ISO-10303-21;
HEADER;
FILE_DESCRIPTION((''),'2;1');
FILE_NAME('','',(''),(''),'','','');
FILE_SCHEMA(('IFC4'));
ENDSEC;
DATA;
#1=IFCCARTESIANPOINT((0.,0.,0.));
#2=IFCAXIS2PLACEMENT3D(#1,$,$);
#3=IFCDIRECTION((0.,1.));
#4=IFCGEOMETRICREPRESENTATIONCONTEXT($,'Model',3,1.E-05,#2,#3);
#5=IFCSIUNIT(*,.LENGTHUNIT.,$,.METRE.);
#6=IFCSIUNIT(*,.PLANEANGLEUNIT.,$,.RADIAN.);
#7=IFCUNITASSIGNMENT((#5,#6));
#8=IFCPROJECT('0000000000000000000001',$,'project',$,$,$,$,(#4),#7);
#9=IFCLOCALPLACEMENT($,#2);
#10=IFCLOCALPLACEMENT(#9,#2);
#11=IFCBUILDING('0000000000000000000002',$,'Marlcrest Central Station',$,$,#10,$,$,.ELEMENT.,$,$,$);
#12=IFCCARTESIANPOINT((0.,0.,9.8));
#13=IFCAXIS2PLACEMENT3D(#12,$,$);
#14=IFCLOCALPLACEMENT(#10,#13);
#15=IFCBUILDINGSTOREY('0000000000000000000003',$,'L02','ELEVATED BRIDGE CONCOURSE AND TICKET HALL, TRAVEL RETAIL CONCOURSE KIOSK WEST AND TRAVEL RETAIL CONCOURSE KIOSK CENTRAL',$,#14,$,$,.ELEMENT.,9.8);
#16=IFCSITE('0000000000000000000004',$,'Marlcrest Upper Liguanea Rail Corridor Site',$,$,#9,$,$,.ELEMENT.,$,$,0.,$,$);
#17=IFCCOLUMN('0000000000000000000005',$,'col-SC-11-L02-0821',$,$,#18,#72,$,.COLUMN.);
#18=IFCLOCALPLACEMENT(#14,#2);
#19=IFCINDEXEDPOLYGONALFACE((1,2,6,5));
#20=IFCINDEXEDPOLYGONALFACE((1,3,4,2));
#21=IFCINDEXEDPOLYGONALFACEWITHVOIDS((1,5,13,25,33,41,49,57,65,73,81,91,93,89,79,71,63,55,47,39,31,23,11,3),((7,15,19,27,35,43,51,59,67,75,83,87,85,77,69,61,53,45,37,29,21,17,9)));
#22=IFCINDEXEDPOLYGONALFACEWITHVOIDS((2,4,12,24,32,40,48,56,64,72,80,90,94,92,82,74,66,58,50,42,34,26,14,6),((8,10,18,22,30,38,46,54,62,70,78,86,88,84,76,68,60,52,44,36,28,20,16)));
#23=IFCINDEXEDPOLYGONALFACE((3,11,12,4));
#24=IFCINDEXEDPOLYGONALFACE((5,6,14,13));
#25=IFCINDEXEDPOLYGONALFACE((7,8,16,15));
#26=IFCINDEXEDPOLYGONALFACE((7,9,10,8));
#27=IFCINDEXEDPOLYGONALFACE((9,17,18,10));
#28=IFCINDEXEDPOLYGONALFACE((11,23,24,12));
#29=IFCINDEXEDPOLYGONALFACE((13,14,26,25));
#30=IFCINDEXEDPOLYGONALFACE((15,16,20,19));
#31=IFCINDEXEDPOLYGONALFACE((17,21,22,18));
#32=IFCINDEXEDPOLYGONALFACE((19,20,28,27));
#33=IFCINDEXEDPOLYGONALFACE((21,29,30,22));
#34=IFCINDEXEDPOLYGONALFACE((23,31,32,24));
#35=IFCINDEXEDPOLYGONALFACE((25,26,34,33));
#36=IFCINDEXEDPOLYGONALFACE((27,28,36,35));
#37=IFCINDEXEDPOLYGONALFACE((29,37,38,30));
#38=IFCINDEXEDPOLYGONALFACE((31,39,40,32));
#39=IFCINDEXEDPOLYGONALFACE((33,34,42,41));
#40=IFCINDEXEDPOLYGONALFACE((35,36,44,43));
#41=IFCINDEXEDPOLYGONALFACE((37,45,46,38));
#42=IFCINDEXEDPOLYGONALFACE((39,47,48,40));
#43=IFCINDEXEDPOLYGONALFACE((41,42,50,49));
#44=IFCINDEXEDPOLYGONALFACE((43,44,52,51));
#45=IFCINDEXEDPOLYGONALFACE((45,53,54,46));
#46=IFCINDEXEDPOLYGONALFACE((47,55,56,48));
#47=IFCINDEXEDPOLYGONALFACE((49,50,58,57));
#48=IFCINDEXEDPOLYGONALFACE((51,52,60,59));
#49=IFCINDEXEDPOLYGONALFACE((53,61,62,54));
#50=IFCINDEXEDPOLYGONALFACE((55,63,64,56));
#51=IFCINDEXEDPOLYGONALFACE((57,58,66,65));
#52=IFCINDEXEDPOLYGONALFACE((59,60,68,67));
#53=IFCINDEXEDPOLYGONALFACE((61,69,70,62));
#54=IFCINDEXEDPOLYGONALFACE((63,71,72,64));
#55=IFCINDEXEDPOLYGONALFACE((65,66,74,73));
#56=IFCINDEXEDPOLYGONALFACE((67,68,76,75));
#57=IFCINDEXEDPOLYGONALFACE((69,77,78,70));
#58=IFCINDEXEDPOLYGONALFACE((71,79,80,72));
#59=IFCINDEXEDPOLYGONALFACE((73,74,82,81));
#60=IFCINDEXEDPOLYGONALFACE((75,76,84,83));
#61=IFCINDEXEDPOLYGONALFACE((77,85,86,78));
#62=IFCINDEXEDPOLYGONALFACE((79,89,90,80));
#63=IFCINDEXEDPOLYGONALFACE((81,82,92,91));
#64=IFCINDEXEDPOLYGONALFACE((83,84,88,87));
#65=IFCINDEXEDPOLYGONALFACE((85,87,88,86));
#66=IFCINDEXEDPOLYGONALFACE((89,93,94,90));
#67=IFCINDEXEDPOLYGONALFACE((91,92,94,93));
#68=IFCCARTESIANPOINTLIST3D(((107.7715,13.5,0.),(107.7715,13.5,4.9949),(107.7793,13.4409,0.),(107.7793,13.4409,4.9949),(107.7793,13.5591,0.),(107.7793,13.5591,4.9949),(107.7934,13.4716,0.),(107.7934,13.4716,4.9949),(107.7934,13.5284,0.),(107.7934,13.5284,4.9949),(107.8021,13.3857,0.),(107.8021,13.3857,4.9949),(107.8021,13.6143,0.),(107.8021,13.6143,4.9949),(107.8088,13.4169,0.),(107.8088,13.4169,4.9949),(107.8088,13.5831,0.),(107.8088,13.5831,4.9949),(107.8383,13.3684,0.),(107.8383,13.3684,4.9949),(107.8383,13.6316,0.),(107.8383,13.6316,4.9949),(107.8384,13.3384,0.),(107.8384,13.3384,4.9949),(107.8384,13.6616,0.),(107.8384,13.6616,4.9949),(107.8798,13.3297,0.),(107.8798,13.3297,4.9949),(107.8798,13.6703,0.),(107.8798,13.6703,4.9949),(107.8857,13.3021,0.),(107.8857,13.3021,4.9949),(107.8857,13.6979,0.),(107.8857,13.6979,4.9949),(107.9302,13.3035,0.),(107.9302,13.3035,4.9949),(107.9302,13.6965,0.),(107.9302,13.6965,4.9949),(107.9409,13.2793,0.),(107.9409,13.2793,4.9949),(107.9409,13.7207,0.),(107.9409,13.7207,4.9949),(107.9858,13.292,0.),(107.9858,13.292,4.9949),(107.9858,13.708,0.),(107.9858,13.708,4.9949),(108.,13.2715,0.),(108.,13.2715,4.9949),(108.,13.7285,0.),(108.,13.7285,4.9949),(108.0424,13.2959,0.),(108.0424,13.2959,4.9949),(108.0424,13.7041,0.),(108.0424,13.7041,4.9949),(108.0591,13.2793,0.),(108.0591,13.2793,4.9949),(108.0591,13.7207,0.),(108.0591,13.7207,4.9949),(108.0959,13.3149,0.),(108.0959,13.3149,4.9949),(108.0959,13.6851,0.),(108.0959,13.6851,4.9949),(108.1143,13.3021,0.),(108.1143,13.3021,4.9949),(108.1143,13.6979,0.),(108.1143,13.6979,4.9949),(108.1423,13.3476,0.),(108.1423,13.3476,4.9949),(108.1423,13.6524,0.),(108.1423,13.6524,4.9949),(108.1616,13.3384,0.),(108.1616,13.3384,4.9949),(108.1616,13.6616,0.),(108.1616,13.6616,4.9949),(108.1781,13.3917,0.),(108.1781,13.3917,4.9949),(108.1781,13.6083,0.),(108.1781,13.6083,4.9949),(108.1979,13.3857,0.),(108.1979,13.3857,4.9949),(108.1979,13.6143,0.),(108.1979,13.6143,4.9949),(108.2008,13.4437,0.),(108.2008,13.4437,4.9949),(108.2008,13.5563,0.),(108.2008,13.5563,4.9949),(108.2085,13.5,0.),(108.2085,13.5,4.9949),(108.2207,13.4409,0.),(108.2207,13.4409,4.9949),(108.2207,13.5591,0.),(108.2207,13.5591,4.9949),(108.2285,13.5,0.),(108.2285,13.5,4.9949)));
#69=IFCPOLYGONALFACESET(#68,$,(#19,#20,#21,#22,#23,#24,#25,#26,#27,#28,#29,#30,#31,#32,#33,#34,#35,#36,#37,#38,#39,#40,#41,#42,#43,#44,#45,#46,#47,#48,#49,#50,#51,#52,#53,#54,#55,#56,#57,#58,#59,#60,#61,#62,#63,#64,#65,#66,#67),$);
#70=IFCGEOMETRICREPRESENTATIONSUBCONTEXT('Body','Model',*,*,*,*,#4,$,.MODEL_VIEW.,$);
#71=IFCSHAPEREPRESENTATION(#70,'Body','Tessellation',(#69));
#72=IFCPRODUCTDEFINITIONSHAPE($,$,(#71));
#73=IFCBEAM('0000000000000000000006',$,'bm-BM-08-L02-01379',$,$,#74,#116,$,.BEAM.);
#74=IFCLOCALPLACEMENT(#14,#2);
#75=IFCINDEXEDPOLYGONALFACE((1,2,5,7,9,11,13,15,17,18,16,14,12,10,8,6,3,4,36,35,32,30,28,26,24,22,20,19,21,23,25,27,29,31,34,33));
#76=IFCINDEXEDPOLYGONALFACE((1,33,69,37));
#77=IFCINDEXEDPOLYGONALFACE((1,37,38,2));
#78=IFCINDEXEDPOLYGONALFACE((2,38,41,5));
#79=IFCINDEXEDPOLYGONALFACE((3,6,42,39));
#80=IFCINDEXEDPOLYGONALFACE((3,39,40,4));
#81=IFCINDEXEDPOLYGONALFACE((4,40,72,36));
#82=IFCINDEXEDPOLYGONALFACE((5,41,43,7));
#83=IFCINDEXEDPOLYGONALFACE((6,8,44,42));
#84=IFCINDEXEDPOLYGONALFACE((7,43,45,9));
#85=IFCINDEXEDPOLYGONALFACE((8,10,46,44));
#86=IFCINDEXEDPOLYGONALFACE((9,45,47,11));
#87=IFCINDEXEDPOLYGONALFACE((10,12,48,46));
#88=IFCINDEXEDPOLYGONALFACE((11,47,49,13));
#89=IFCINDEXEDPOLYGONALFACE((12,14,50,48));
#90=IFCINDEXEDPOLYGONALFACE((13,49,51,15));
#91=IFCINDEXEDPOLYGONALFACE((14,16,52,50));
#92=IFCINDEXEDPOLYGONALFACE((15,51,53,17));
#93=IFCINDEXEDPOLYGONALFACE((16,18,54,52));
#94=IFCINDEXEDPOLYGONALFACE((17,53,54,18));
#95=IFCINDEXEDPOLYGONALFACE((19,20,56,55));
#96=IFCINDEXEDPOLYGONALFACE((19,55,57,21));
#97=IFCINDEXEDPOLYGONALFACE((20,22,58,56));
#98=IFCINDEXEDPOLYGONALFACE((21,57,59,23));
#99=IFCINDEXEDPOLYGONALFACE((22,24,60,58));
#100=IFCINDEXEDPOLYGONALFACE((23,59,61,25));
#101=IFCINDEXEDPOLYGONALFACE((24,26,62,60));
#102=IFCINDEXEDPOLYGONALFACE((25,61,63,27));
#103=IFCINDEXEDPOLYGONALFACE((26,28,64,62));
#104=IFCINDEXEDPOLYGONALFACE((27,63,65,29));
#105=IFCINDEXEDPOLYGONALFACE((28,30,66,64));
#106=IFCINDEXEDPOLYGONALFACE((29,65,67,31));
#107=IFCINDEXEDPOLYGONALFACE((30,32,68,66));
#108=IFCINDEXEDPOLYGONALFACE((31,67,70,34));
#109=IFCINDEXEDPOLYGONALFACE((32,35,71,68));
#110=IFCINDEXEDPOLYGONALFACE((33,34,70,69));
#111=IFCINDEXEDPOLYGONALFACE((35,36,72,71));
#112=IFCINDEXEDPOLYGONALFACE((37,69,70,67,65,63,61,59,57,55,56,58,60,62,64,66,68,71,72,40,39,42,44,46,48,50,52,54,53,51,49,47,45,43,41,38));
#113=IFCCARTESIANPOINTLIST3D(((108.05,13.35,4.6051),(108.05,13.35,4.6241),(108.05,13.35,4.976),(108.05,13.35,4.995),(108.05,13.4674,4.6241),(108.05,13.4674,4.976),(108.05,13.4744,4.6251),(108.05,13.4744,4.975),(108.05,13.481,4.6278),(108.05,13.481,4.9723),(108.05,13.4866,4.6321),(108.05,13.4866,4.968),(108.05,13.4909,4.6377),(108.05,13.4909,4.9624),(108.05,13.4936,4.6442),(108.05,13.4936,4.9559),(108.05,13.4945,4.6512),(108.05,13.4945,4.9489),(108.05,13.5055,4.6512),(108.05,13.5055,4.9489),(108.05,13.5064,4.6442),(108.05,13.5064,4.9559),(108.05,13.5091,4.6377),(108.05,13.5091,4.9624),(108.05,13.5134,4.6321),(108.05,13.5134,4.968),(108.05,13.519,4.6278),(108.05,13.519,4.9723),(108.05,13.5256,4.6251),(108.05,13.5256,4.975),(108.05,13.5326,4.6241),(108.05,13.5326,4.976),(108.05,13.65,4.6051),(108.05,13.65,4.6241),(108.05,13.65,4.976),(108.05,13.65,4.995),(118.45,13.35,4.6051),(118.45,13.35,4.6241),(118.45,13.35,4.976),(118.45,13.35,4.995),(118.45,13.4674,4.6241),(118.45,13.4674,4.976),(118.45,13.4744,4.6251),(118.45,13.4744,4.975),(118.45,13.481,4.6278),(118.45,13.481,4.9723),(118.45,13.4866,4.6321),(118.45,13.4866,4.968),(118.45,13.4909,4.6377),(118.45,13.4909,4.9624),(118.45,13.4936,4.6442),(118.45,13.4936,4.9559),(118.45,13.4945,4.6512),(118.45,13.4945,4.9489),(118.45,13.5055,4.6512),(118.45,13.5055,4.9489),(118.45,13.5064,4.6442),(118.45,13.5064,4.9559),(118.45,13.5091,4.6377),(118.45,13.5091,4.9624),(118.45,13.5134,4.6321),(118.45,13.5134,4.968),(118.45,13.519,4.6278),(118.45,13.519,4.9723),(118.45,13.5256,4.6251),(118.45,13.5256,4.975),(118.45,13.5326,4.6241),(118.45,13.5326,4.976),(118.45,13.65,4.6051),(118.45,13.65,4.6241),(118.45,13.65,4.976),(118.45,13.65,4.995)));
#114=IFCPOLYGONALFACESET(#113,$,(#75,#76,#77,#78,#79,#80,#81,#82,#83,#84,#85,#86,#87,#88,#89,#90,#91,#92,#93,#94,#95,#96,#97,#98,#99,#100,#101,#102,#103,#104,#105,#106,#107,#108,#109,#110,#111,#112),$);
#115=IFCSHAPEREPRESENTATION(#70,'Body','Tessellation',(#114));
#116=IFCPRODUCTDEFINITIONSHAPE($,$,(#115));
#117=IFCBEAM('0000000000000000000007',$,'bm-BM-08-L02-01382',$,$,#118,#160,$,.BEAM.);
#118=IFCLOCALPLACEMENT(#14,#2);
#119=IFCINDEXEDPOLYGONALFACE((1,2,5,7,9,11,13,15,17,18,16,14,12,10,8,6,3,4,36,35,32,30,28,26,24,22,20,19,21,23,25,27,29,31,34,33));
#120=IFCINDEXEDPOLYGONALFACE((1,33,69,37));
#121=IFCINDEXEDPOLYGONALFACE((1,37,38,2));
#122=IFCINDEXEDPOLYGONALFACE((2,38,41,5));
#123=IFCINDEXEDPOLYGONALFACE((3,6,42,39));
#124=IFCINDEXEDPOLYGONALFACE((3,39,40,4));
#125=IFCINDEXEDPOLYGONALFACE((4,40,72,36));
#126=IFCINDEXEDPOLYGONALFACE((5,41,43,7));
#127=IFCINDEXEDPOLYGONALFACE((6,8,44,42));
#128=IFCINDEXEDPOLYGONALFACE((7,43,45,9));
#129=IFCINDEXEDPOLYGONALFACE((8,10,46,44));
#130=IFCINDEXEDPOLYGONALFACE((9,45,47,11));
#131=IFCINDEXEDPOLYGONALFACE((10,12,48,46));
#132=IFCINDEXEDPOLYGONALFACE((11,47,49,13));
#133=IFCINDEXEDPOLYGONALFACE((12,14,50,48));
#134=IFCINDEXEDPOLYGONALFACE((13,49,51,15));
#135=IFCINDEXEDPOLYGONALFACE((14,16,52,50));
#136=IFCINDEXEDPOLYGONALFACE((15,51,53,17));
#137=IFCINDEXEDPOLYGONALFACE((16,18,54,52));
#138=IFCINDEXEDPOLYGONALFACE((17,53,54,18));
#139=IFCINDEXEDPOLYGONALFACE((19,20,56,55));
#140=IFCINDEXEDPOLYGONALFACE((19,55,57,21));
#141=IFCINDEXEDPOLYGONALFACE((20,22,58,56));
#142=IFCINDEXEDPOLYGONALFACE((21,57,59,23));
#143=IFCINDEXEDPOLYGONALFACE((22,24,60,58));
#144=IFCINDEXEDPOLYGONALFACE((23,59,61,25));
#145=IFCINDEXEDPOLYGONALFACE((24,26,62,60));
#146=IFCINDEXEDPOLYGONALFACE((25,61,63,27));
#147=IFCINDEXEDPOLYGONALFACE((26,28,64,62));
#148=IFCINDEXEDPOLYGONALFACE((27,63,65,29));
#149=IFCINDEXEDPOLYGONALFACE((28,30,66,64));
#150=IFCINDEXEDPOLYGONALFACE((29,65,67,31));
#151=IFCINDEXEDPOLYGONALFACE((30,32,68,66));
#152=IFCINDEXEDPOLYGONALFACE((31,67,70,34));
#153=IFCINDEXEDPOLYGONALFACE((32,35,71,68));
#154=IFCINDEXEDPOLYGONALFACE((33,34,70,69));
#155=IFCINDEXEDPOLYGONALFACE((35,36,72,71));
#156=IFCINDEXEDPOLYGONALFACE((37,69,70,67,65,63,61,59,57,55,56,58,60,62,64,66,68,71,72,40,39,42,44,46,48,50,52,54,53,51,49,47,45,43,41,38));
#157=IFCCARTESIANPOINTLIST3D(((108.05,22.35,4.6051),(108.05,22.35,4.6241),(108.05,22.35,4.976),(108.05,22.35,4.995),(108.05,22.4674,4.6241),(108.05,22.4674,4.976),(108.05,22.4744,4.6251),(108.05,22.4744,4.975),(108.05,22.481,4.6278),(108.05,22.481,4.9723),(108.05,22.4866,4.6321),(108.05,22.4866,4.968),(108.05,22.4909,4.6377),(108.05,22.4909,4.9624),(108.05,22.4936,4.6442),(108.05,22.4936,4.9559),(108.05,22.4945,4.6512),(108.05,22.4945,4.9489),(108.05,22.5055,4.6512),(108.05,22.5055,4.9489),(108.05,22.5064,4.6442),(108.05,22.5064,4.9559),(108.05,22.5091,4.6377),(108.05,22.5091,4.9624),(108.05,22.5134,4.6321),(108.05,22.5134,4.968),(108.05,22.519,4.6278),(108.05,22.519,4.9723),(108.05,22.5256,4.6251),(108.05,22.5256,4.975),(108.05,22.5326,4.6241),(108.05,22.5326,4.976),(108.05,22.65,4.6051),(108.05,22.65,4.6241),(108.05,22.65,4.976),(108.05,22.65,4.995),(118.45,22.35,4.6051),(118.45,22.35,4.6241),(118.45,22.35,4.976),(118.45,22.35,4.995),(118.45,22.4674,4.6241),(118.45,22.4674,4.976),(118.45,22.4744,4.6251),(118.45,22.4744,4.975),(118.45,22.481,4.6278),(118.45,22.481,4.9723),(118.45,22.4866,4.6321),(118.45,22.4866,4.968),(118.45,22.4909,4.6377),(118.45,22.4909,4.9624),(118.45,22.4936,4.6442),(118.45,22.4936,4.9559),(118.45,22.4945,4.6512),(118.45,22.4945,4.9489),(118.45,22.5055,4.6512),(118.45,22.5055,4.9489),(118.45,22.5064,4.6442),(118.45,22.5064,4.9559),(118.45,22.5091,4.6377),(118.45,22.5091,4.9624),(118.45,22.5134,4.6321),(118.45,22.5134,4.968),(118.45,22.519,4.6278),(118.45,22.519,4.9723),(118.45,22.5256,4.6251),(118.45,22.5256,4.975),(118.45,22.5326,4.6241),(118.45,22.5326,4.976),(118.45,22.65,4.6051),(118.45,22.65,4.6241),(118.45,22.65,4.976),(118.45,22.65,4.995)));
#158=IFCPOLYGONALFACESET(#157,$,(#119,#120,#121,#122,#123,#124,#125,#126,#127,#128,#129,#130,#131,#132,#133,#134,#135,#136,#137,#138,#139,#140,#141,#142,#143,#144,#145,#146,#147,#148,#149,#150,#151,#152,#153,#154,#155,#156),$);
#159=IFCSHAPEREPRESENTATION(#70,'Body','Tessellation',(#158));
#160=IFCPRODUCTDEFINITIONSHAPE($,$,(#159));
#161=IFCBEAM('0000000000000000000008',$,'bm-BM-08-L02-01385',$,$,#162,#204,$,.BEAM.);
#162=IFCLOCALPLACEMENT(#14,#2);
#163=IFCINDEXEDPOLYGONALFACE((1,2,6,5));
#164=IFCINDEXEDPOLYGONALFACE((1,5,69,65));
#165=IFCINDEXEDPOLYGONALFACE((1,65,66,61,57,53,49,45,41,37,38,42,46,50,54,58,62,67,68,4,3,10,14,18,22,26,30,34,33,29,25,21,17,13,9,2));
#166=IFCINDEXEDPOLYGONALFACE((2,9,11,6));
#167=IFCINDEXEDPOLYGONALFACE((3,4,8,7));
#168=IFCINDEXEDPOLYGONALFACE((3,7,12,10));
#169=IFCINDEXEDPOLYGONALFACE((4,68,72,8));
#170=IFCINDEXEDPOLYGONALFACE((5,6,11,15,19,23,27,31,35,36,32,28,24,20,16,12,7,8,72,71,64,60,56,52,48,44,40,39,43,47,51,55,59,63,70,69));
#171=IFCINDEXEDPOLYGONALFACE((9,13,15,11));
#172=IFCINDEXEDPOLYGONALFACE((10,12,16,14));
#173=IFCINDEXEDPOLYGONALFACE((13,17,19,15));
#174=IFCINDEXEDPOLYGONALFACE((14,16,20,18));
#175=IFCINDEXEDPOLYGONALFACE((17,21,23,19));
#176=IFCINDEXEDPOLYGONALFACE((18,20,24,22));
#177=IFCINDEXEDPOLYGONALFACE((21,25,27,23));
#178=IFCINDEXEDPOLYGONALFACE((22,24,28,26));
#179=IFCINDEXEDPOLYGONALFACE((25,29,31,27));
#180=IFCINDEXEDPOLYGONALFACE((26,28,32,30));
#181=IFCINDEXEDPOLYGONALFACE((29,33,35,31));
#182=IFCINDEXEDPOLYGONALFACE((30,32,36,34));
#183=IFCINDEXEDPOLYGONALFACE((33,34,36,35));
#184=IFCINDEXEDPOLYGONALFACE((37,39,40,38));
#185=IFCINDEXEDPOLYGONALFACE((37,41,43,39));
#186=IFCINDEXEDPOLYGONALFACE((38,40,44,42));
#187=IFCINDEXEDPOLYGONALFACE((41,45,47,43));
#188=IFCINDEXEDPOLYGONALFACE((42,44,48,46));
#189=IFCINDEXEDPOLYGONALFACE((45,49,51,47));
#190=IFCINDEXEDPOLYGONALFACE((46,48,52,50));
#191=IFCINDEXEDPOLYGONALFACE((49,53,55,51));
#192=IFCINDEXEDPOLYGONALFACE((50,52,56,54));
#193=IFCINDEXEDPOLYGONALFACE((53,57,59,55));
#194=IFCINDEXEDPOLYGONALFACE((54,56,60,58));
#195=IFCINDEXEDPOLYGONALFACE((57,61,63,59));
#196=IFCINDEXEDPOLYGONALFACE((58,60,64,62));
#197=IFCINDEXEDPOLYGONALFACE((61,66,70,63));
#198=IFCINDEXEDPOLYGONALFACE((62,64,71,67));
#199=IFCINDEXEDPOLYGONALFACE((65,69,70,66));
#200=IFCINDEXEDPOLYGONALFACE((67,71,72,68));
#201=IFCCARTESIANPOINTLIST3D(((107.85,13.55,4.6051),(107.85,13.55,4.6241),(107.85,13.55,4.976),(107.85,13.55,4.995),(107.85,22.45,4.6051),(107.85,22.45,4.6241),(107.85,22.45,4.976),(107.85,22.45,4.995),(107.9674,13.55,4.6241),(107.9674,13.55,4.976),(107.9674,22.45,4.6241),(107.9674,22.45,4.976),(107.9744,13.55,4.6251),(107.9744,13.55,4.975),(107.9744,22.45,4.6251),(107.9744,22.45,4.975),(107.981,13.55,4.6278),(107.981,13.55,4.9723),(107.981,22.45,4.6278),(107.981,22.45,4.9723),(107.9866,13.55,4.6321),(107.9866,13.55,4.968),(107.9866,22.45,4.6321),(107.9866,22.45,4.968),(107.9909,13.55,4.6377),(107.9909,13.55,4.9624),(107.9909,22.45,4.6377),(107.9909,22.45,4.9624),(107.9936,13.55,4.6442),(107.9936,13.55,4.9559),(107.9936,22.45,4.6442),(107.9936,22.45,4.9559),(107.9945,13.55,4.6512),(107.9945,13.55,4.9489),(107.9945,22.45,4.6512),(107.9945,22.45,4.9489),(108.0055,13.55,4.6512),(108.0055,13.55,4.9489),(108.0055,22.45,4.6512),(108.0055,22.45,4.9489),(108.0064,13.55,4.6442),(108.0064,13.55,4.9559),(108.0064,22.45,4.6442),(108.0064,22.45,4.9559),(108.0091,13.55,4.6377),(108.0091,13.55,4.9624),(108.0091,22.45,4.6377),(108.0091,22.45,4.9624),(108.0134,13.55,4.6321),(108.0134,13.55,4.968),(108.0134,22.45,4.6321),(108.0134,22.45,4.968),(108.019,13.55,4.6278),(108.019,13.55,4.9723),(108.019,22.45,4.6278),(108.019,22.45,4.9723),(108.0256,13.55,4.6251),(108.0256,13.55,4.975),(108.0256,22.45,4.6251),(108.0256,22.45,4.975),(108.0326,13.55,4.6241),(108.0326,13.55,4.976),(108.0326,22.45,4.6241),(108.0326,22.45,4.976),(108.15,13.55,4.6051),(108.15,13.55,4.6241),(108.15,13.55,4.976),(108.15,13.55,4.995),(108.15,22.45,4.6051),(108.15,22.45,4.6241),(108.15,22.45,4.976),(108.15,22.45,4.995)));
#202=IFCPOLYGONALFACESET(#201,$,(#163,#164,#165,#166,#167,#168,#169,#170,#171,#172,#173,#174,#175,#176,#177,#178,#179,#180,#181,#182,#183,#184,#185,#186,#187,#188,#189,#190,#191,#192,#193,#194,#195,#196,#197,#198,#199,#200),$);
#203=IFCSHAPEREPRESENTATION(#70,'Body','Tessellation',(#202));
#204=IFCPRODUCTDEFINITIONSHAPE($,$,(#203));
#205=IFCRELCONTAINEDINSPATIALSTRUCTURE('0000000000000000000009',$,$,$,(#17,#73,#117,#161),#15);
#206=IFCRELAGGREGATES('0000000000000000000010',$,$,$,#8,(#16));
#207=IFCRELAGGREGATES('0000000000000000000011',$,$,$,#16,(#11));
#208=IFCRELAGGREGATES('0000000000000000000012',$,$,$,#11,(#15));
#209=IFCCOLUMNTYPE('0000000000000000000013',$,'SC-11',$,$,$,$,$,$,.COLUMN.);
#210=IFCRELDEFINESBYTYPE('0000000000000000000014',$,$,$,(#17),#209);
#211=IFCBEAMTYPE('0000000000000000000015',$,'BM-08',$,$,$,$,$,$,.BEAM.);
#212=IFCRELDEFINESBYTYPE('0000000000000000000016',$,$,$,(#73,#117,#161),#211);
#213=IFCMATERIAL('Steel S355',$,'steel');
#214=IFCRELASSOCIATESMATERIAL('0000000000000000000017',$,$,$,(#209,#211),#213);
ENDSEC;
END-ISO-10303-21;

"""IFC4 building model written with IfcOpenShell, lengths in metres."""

from ifc_helpers import new_model, si_unit, direction, frame, origin, origin_2d, place, context, subcontext, project, spatial, hollow_circle, i_section, extrude, material, material_profile, profile_set, type_object, element, save


model = new_model("IFC4")

# Units and contexts
model_context = context("Model", 3, precision=1e-05, world=origin(), true_north=direction((0.0, 1.0)))
body_context = subcontext(model_context, "Body", "Model", "MODEL_VIEW")
ifc_project = project(units=[si_unit("LENGTHUNIT", "METRE"), si_unit("PLANEANGLEUNIT", "RADIAN")], contexts=[model_context])

# Site, building, storey
site_placement = place(None, origin())
site = spatial("IfcSite", under=ifc_project, at=site_placement, Name="Marlcrest Upper Liguanea Rail Corridor Site", CompositionType="ELEMENT", RefElevation=0.0)
building_placement = place(site_placement, origin())
building = spatial("IfcBuilding", under=site, at=building_placement, Name="Marlcrest Central Station", CompositionType="ELEMENT")
storey_placement = place(building_placement, frame((0.0, 0.0, 9.8)))
storey = spatial("IfcBuildingStorey", under=building, at=storey_placement, Name="L02", Description="ELEVATED BRIDGE CONCOURSE AND TICKET HALL, TRAVEL RETAIL CONCOURSE KIOSK WEST AND TRAVEL RETAIL CONCOURSE KIOSK CENTRAL", CompositionType="ELEMENT", Elevation=9.8)

# Column
ifc_material_1 = material(Name="Steel S355", Category="steel")
ifc_material_profile_1 = material_profile(ifc_material_1, hollow_circle(Radius=0.2285, WallThickness=0.02, at=origin_2d()), Name="CHS 457x20")
ifc_profile_set_1 = profile_set([ifc_material_profile_1], Name="Steel S355")
column_type_1 = type_object("IfcColumnType", Name="SC-11", PredefinedType="COLUMN", material=ifc_profile_set_1)
column_1_placement = place(storey_placement, frame((108.0, 13.5, 0.0), z_axis=(0.0, 0.0, 1.0), x_axis=(1.0, 0.0, 0.0)))
element("IfcColumn", 1, at=column_1_placement, inside=storey, type_object=column_type_1, Name="col-SC-11-L02-0821", PredefinedType="COLUMN", context=body_context, shape_type="SweptSolid", body=[
    extrude(hollow_circle(Radius=0.2285, WallThickness=0.02, at=origin_2d()), origin(), (0.0, 0.0, 1.0), 4.9949),
])

# Beams
ifc_material_profile_2 = material_profile(ifc_material_1, i_section(OverallWidth=0.3, OverallDepth=0.3899, WebThickness=0.011, FlangeThickness=0.019, FilletRadius=0.0271, at=origin_2d()), Name="HEA 400")
ifc_profile_set_2 = profile_set([ifc_material_profile_2], Name="Steel S355")
beam_type_1 = type_object("IfcBeamType", Name="BM-08", PredefinedType="BEAM", material=ifc_profile_set_2)
for number, where, z_axis, x_axis, name in (
    (2, (108.05, 13.5, 4.8), (1.0, 0.0, 0.0), (0.0, 1.0, 0.0), "bm-BM-08-L02-01379"),
    (3, (108.05, 22.5, 4.8), (1.0, 0.0, 0.0), (0.0, 1.0, 0.0), "bm-BM-08-L02-01382"),
):
    element("IfcBeam", number, at=place(storey_placement, frame(where, z_axis=z_axis, x_axis=x_axis)), inside=storey, type_object=beam_type_1, Name=name, PredefinedType="BEAM", context=body_context, shape_type="SweptSolid", body=[
        extrude(i_section(OverallWidth=0.3, OverallDepth=0.3899, WebThickness=0.011, FlangeThickness=0.019, FilletRadius=0.0271, at=origin_2d()), origin(), (0.0, 0.0, 1.0), 10.3999),
    ])
for number, where, z_axis, x_axis, name in (
    (4, (108.0, 13.55, 4.8), (0.0, 1.0, 0.0), (-1.0, 0.0, 0.0), "bm-BM-08-L02-01385"),
):
    element("IfcBeam", number, at=place(storey_placement, frame(where, z_axis=z_axis, x_axis=x_axis)), inside=storey, type_object=beam_type_1, Name=name, PredefinedType="BEAM", context=body_context, shape_type="SweptSolid", body=[
        extrude(i_section(OverallWidth=0.3, OverallDepth=0.3899, WebThickness=0.011, FlangeThickness=0.019, FilletRadius=0.0271, at=origin_2d()), origin(), (0.0, 0.0, 1.0), 8.8999),
    ])

save(model, "model.ifc")
